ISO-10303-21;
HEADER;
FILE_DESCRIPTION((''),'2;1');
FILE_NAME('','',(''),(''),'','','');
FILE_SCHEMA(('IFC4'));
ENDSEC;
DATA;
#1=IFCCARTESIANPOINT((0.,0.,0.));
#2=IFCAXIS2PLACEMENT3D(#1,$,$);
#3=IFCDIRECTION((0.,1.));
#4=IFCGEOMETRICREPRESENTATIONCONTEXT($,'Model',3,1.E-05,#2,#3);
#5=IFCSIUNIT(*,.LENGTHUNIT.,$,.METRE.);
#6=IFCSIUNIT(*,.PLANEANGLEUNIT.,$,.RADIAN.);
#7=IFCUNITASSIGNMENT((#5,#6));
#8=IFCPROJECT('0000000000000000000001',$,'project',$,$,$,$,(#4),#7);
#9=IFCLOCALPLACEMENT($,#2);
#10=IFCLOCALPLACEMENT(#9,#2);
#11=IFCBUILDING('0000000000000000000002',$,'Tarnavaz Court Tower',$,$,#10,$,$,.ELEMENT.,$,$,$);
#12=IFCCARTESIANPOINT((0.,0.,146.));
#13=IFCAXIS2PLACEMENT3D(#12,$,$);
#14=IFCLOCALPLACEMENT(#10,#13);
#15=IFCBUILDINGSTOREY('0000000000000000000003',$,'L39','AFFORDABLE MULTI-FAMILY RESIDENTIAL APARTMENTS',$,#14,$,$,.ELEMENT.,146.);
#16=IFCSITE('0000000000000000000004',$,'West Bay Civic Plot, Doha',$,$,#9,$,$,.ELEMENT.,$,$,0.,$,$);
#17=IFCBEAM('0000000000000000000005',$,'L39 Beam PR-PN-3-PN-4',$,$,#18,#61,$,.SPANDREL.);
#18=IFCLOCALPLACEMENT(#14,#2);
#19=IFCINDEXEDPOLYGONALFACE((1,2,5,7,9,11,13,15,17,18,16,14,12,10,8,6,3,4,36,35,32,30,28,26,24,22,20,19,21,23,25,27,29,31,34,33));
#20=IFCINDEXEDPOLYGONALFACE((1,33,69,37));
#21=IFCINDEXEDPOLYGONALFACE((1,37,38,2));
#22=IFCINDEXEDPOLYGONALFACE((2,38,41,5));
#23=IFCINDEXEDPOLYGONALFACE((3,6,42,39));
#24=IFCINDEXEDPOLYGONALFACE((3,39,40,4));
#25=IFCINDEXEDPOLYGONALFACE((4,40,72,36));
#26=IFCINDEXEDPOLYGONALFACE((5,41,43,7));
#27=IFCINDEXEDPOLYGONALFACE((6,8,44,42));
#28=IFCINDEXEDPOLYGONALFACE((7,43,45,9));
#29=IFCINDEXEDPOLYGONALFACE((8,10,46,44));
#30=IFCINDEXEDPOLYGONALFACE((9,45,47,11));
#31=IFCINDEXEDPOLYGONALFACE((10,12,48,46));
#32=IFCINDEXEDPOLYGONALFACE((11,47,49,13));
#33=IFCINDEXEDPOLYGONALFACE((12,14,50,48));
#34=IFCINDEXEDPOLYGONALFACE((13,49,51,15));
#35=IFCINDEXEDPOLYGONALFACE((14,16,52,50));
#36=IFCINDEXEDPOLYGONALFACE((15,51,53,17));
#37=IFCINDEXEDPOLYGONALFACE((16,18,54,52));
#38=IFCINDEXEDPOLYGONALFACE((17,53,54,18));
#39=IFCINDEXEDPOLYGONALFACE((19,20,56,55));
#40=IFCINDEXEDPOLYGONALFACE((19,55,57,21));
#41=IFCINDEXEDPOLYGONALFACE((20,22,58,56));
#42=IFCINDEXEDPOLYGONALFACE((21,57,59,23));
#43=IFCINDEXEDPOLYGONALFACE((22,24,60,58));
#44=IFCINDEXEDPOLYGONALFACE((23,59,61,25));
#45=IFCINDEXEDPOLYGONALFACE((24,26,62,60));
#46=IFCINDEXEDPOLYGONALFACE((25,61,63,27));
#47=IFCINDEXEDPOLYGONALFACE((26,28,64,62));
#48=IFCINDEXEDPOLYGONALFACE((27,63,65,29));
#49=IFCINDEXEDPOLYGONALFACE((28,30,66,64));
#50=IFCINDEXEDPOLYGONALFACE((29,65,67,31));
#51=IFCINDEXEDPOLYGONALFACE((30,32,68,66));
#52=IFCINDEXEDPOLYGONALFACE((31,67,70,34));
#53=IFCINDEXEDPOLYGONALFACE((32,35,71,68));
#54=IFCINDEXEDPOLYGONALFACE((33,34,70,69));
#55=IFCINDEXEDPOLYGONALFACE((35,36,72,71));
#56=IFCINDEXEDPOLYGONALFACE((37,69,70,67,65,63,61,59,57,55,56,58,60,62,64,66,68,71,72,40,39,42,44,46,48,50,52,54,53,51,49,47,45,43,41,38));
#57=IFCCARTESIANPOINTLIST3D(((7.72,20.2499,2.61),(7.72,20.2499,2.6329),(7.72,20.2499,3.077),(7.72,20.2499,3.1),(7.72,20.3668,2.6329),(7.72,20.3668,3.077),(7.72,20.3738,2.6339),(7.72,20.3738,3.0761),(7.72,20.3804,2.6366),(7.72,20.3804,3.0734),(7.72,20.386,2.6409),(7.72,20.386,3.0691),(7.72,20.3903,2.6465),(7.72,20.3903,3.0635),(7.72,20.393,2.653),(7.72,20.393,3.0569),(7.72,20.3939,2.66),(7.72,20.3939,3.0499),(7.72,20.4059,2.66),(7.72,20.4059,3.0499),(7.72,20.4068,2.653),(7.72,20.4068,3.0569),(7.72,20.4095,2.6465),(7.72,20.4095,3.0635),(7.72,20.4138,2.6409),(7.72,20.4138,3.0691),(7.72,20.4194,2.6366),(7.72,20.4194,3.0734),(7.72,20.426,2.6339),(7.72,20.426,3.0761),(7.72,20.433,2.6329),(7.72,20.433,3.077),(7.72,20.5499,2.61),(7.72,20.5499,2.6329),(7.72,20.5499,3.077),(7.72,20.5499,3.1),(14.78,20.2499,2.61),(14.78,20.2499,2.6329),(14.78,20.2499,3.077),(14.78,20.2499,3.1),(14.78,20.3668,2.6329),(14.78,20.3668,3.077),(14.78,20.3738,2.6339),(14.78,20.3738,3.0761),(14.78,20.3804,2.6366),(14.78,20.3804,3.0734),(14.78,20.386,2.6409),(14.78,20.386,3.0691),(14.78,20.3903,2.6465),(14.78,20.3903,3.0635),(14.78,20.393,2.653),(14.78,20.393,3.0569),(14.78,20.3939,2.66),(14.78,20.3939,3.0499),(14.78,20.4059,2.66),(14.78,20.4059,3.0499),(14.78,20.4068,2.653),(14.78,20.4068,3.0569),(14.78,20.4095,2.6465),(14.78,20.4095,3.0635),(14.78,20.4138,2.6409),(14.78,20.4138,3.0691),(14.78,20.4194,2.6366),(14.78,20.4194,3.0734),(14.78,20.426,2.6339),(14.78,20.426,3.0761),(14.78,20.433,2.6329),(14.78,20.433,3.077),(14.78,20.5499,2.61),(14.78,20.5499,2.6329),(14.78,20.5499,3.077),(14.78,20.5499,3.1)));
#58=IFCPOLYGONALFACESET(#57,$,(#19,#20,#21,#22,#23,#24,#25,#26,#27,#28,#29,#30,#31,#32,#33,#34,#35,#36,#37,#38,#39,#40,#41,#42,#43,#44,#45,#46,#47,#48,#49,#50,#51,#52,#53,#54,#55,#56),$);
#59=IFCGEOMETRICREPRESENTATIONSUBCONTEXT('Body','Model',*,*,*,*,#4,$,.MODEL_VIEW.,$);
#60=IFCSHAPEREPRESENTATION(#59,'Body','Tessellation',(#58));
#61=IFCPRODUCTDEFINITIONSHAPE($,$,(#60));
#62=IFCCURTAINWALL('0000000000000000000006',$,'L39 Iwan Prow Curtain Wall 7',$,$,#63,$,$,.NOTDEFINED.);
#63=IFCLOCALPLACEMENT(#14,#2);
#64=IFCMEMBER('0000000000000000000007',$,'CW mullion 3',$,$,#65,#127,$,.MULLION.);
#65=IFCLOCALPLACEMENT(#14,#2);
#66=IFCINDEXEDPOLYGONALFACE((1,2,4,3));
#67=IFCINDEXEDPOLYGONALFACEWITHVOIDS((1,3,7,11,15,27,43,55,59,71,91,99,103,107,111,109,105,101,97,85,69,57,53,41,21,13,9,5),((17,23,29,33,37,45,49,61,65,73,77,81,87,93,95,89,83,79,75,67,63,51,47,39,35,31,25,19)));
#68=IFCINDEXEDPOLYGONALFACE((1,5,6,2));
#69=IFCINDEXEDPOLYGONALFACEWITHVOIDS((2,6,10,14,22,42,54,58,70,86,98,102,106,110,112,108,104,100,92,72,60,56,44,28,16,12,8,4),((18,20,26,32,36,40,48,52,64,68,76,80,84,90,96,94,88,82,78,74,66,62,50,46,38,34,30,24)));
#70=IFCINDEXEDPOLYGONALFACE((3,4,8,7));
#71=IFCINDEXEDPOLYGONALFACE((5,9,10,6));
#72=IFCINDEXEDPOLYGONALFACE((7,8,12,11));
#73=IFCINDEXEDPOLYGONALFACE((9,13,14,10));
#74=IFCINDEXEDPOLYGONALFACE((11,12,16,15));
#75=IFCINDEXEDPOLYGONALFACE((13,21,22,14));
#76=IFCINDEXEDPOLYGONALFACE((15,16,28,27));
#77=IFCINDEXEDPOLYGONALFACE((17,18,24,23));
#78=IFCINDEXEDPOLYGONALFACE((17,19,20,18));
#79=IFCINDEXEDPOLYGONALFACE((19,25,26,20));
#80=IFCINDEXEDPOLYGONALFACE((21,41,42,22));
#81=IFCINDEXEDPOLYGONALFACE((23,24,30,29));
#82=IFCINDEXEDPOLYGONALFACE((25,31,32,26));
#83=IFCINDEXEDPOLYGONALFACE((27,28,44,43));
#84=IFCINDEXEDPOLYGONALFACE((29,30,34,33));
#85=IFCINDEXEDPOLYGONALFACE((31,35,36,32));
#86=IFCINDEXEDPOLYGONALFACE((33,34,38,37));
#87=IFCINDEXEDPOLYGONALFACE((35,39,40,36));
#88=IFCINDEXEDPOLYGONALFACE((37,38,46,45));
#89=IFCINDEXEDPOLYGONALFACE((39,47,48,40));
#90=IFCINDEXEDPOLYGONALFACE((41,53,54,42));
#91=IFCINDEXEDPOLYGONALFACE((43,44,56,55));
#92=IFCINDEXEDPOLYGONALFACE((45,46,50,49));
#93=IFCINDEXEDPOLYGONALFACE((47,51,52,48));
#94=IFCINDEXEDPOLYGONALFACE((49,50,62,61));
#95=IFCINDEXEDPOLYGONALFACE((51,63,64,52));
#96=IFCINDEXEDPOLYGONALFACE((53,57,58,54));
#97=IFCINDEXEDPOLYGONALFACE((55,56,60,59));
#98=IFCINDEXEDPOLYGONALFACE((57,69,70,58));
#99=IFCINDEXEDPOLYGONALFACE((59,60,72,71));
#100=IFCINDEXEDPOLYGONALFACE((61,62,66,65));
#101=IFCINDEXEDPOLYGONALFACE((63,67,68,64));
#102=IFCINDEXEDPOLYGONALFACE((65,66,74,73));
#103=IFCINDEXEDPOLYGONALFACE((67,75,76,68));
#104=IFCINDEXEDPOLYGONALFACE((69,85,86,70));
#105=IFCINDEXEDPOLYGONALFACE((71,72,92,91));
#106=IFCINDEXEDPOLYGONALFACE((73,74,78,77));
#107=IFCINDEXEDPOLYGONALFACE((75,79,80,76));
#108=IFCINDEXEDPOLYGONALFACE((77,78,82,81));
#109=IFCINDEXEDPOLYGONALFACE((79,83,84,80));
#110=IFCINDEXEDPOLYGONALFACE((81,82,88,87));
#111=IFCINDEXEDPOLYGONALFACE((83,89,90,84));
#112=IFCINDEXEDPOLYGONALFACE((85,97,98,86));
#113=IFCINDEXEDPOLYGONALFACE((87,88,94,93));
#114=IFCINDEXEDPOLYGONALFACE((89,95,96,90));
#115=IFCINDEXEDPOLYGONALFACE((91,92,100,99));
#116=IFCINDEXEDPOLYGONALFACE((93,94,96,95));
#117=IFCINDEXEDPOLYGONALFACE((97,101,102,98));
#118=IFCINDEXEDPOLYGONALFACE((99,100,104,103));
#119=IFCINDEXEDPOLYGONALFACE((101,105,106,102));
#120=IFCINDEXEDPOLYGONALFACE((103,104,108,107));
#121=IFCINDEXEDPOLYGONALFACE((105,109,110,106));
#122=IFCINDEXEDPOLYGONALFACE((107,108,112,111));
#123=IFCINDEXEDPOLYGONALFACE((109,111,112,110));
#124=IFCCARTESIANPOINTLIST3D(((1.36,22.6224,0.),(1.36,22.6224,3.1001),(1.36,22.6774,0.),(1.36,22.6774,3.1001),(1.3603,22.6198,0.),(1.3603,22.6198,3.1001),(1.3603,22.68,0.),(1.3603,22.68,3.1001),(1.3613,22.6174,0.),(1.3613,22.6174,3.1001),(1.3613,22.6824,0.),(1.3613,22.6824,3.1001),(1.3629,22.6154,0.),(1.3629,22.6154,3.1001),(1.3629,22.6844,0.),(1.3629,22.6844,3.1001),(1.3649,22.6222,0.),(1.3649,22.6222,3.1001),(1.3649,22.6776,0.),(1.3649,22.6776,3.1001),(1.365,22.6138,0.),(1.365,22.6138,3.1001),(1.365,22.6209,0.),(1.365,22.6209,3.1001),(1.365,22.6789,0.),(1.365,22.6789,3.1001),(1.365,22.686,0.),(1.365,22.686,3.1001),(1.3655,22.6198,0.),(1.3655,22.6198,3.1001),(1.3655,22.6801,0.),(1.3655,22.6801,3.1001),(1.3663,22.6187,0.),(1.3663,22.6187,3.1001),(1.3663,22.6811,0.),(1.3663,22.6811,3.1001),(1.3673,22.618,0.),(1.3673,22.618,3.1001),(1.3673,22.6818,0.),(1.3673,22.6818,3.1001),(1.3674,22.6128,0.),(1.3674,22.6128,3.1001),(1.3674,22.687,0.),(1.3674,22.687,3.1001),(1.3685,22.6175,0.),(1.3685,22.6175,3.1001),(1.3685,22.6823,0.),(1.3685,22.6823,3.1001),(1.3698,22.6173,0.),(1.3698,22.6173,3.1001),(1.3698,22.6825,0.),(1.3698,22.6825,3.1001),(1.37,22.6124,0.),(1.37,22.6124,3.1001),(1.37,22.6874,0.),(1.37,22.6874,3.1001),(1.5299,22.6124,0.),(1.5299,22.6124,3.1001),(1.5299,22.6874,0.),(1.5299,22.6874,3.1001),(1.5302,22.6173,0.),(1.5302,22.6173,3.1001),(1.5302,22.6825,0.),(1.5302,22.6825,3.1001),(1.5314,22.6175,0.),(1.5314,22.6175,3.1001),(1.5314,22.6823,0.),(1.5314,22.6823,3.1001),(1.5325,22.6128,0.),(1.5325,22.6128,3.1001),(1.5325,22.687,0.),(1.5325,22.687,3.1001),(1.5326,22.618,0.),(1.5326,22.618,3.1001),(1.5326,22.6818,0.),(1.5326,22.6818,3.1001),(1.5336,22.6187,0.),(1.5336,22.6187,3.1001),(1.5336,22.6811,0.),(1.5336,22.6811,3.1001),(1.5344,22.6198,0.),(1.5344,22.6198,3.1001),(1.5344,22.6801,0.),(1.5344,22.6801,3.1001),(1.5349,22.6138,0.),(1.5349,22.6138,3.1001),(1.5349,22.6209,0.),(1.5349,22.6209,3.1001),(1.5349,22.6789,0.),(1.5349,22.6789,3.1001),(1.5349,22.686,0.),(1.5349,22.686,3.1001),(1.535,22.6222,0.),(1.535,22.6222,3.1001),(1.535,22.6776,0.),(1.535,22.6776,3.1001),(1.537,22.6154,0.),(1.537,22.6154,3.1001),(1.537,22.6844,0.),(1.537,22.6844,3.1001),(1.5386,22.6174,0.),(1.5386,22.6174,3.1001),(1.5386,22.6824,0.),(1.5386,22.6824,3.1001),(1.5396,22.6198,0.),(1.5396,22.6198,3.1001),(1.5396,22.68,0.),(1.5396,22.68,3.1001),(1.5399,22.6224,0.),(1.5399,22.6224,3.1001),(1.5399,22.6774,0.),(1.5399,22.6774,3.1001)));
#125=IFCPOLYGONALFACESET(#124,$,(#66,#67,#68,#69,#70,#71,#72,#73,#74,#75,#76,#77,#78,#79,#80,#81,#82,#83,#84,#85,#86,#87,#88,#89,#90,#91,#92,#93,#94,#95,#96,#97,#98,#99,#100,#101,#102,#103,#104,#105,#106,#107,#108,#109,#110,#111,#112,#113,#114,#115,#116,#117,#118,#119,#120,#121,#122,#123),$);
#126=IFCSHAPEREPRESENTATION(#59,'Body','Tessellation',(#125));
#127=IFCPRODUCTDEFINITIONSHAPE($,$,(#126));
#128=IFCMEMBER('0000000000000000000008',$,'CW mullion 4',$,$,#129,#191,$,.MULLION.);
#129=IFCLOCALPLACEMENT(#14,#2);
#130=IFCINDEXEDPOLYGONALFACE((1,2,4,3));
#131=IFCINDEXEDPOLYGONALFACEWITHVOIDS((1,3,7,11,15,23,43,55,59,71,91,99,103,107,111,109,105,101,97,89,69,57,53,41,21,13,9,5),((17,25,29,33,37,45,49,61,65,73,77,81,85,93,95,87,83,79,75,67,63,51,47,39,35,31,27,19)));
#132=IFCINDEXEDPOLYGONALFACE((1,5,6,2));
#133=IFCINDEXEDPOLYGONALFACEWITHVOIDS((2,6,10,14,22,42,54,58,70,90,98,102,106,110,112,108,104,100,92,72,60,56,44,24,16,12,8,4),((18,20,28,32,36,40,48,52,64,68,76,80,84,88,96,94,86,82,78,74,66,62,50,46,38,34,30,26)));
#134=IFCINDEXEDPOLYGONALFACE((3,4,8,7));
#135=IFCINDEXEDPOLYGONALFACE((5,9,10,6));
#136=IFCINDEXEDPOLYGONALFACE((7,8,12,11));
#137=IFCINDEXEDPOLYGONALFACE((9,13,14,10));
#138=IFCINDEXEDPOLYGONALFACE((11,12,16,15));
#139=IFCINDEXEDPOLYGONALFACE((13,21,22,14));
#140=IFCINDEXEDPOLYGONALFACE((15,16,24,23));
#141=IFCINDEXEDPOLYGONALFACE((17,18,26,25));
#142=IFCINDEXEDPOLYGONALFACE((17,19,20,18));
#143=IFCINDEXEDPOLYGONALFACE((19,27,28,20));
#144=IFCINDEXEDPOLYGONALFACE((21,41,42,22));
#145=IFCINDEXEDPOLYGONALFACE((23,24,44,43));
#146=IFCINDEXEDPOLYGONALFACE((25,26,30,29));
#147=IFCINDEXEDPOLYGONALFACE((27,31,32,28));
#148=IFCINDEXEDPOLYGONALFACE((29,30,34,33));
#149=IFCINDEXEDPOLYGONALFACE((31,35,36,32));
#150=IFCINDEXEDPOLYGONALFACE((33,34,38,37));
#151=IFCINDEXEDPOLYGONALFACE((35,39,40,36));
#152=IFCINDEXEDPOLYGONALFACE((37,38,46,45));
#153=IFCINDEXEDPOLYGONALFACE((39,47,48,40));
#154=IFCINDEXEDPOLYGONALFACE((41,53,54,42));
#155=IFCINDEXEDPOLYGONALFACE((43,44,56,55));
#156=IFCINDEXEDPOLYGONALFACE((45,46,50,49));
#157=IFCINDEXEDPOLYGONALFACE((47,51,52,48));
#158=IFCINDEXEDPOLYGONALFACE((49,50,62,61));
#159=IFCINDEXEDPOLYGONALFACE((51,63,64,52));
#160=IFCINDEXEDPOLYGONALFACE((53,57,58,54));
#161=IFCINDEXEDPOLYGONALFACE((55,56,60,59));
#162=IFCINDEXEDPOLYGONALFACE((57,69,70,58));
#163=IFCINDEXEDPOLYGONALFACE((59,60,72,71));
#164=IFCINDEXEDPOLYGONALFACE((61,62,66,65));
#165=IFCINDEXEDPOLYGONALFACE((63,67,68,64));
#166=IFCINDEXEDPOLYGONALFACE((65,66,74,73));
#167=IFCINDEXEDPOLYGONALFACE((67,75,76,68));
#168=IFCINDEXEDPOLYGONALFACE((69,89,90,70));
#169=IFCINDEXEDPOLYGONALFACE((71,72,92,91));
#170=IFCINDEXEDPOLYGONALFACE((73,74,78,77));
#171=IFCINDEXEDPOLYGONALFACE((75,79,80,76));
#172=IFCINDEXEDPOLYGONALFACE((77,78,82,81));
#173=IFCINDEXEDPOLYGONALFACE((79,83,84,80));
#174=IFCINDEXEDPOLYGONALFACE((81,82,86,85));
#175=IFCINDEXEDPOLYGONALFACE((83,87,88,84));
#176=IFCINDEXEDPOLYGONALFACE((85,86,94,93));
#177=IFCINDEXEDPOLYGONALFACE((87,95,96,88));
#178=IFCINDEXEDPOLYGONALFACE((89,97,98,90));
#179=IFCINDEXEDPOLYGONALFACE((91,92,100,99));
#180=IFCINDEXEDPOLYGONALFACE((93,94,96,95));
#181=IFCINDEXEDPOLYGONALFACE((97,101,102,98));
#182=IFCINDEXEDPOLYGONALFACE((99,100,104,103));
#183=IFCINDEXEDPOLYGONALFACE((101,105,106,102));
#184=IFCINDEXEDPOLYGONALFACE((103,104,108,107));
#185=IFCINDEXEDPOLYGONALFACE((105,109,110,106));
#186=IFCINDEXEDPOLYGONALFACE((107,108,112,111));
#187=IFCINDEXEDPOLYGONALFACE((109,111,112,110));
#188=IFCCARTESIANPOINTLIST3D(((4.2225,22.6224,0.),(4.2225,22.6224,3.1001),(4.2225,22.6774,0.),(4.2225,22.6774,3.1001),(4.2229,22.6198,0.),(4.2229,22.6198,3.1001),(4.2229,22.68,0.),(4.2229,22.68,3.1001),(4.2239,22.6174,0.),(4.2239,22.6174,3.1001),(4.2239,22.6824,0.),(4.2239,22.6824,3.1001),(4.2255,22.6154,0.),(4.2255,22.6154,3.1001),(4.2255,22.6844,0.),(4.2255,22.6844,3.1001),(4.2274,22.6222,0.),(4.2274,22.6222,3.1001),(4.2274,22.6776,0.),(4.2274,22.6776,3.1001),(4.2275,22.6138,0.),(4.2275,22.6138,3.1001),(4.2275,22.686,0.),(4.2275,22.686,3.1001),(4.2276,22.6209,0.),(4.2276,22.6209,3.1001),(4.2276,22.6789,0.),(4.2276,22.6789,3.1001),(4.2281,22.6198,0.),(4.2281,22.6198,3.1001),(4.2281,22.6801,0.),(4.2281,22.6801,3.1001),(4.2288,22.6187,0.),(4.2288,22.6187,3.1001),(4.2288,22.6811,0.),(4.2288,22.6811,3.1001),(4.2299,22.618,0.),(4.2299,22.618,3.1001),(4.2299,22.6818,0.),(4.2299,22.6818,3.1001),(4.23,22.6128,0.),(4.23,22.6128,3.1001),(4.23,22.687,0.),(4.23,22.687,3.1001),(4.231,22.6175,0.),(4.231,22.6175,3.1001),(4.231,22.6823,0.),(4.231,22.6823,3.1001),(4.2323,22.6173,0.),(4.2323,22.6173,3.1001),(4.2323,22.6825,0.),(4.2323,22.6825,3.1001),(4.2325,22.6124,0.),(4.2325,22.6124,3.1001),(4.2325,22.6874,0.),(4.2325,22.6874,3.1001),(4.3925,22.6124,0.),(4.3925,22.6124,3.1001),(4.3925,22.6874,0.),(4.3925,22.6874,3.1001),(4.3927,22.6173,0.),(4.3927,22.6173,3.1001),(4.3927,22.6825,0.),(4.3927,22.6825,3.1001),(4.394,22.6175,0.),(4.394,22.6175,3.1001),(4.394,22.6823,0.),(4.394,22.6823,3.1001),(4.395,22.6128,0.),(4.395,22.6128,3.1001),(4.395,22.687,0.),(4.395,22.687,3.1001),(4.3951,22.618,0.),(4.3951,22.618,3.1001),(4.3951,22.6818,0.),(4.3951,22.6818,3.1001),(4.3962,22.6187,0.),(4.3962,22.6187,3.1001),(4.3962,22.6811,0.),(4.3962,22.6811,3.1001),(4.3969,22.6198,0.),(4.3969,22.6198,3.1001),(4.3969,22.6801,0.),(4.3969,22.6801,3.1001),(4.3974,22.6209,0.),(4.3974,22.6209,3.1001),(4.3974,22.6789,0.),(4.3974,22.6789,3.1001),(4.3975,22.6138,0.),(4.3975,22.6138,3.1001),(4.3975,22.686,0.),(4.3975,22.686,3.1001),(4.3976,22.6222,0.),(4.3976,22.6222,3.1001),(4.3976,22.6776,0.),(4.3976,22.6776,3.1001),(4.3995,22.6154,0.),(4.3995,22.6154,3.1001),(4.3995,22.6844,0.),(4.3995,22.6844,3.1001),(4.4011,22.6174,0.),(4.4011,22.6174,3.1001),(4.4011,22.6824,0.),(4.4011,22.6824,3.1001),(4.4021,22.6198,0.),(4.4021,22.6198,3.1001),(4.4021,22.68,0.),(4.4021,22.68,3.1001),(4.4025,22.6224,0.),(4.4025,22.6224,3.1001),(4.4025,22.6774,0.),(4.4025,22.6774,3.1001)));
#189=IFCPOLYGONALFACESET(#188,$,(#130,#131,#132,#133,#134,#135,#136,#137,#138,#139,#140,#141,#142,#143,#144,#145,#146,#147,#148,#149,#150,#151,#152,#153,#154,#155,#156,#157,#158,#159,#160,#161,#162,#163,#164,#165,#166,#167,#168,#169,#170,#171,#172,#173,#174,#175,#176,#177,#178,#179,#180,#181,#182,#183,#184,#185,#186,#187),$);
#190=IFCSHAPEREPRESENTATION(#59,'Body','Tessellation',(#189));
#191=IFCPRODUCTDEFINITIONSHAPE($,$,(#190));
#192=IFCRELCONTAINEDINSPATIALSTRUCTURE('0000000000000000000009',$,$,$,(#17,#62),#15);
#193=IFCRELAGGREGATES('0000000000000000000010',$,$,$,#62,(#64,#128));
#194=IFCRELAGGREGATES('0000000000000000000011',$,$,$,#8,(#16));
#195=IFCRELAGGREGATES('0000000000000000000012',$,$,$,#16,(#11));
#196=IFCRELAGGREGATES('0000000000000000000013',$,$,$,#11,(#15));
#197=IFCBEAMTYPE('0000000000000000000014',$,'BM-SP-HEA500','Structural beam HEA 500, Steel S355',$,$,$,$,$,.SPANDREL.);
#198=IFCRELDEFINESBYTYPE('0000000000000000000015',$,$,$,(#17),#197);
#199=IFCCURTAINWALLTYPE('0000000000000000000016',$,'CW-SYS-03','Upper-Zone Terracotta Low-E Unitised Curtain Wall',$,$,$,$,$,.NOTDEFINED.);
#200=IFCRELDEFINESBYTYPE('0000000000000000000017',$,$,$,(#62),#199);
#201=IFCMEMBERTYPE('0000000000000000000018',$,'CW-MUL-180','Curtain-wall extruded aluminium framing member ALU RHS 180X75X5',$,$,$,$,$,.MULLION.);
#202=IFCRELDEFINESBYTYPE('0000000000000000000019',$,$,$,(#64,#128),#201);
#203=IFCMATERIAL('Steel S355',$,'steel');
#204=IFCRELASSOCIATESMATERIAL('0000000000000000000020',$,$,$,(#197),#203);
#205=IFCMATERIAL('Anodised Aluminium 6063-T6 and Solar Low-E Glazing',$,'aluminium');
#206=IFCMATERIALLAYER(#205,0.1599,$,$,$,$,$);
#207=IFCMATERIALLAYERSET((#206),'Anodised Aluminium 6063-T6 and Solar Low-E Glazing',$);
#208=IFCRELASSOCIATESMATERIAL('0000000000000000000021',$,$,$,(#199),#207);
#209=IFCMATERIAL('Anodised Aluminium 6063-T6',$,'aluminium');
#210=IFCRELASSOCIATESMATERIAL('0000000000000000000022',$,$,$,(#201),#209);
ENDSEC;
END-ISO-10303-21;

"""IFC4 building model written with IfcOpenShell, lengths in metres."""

from ifc_helpers import new_model, si_unit, direction, frame, origin, origin_2d, place, context, subcontext, project, spatial, hollow_rectangle, i_section, extrude, material, layer, layer_set, material_profile, profile_set, type_object, element, aggregate, save


model = new_model("IFC4")

# Units and contexts
model_context = context("Model", 3, precision=1e-05, world=origin(), true_north=direction((0.0, 1.0)))
body_context = subcontext(model_context, "Body", "Model", "MODEL_VIEW")
ifc_project = project(units=[si_unit("LENGTHUNIT", "METRE"), si_unit("PLANEANGLEUNIT", "RADIAN")], contexts=[model_context])

# Site, building, storey
site_placement = place(None, origin())
site = spatial("IfcSite", under=ifc_project, at=site_placement, Name="West Bay Civic Plot, Doha", CompositionType="ELEMENT", RefElevation=0.0)
building_placement = place(site_placement, origin())
building = spatial("IfcBuilding", under=site, at=building_placement, Name="Tarnavaz Court Tower", CompositionType="ELEMENT")
storey_placement = place(building_placement, frame((0.0, 0.0, 146.0)))
storey = spatial("IfcBuildingStorey", under=building, at=storey_placement, Name="L39", Description="AFFORDABLE MULTI-FAMILY RESIDENTIAL APARTMENTS", CompositionType="ELEMENT", Elevation=146.0)

# Beam
ifc_material_1 = material(Name="Steel S355", Category="steel")
ifc_material_profile_1 = material_profile(ifc_material_1, i_section(OverallWidth=0.3, OverallDepth=0.49, WebThickness=0.012, FlangeThickness=0.0229, FilletRadius=0.0271, at=origin_2d()), Name="HEA 500")
ifc_profile_set_1 = profile_set([ifc_material_profile_1], Name="Steel S355")
beam_type_1 = type_object("IfcBeamType", Name="BM-SP-HEA500", Description="Structural beam HEA 500, Steel S355", PredefinedType="SPANDREL", material=ifc_profile_set_1)
beam_placement = place(storey_placement, frame((7.72, 20.3999, 2.855), z_axis=(1.0, 0.0, 0.0), x_axis=(0.0, 1.0, 0.0)))
element("IfcBeam", 1, at=beam_placement, inside=storey, type_object=beam_type_1, Name="L39 Beam PR-PN-3-PN-4", PredefinedType="SPANDREL", context=body_context, shape_type="SweptSolid", body=[
    extrude(i_section(OverallWidth=0.3, OverallDepth=0.49, WebThickness=0.012, FlangeThickness=0.0229, FilletRadius=0.0271, at=origin_2d()), origin(), (0.0, 0.0, 1.0), 7.0601),
])

# Curtain wall, members
ifc_material_2 = material(Name="Anodised Aluminium 6063-T6 and Solar Low-E Glazing", Category="aluminium")
ifc_layer_1 = layer(ifc_material_2, 0.1599)
ifc_layer_set_1 = layer_set([ifc_layer_1], Name="Anodised Aluminium 6063-T6 and Solar Low-E Glazing")
curtain_wall_type = type_object("IfcCurtainWallType", Name="CW-SYS-03", Description="Upper-Zone Terracotta Low-E Unitised Curtain Wall", PredefinedType="NOTDEFINED", material=ifc_layer_set_1)
curtain_wall_placement = place(storey_placement, origin())
curtain_wall = element("IfcCurtainWall", 2, at=curtain_wall_placement, inside=storey, type_object=curtain_wall_type, Name="L39 Iwan Prow Curtain Wall 7", PredefinedType="NOTDEFINED")
ifc_material_3 = material(Name="Anodised Aluminium 6063-T6", Category="aluminium")
ifc_material_profile_2 = material_profile(ifc_material_3, hollow_rectangle(XDim=0.075, YDim=0.1799, WallThickness=0.0049, InnerFilletRadius=0.0049, OuterFilletRadius=0.01, at=origin_2d()), Name="ALU RHS 180X75X5")
ifc_profile_set_2 = profile_set([ifc_material_profile_2], Name="Anodised Aluminium 6063-T6")
member_type_1 = type_object("IfcMemberType", Name="CW-MUL-180", Description="Curtain-wall extruded aluminium framing member ALU RHS 180X75X5", PredefinedType="MULLION", material=ifc_profile_set_2)
member_1_placement = place(storey_placement, frame((1.45, 22.6499, 0.0), z_axis=(0.0, 0.0, 1.0), x_axis=(0.0, 1.0, 0.0)))
member_1 = element("IfcMember", 3, at=member_1_placement, type_object=member_type_1, Name="CW mullion 3", PredefinedType="MULLION", context=body_context, shape_type="SweptSolid", body=[
    extrude(hollow_rectangle(XDim=0.075, YDim=0.1799, WallThickness=0.0049, InnerFilletRadius=0.0049, OuterFilletRadius=0.01, at=origin_2d()), origin(), (0.0, 0.0, 1.0), 3.1001),
])
member_2_placement = place(storey_placement, frame((4.3125, 22.6499, 0.0), z_axis=(0.0, 0.0, 1.0), x_axis=(0.0, 1.0, 0.0)))
member_2 = element("IfcMember", 4, at=member_2_placement, type_object=member_type_1, Name="CW mullion 4", PredefinedType="MULLION", context=body_context, shape_type="SweptSolid", body=[
    extrude(hollow_rectangle(XDim=0.075, YDim=0.1799, WallThickness=0.0049, InnerFilletRadius=0.0049, OuterFilletRadius=0.01, at=origin_2d()), origin(), (0.0, 0.0, 1.0), 3.1001),
])
aggregate(curtain_wall, [member_1, member_2])

save(model, "model.ifc")
